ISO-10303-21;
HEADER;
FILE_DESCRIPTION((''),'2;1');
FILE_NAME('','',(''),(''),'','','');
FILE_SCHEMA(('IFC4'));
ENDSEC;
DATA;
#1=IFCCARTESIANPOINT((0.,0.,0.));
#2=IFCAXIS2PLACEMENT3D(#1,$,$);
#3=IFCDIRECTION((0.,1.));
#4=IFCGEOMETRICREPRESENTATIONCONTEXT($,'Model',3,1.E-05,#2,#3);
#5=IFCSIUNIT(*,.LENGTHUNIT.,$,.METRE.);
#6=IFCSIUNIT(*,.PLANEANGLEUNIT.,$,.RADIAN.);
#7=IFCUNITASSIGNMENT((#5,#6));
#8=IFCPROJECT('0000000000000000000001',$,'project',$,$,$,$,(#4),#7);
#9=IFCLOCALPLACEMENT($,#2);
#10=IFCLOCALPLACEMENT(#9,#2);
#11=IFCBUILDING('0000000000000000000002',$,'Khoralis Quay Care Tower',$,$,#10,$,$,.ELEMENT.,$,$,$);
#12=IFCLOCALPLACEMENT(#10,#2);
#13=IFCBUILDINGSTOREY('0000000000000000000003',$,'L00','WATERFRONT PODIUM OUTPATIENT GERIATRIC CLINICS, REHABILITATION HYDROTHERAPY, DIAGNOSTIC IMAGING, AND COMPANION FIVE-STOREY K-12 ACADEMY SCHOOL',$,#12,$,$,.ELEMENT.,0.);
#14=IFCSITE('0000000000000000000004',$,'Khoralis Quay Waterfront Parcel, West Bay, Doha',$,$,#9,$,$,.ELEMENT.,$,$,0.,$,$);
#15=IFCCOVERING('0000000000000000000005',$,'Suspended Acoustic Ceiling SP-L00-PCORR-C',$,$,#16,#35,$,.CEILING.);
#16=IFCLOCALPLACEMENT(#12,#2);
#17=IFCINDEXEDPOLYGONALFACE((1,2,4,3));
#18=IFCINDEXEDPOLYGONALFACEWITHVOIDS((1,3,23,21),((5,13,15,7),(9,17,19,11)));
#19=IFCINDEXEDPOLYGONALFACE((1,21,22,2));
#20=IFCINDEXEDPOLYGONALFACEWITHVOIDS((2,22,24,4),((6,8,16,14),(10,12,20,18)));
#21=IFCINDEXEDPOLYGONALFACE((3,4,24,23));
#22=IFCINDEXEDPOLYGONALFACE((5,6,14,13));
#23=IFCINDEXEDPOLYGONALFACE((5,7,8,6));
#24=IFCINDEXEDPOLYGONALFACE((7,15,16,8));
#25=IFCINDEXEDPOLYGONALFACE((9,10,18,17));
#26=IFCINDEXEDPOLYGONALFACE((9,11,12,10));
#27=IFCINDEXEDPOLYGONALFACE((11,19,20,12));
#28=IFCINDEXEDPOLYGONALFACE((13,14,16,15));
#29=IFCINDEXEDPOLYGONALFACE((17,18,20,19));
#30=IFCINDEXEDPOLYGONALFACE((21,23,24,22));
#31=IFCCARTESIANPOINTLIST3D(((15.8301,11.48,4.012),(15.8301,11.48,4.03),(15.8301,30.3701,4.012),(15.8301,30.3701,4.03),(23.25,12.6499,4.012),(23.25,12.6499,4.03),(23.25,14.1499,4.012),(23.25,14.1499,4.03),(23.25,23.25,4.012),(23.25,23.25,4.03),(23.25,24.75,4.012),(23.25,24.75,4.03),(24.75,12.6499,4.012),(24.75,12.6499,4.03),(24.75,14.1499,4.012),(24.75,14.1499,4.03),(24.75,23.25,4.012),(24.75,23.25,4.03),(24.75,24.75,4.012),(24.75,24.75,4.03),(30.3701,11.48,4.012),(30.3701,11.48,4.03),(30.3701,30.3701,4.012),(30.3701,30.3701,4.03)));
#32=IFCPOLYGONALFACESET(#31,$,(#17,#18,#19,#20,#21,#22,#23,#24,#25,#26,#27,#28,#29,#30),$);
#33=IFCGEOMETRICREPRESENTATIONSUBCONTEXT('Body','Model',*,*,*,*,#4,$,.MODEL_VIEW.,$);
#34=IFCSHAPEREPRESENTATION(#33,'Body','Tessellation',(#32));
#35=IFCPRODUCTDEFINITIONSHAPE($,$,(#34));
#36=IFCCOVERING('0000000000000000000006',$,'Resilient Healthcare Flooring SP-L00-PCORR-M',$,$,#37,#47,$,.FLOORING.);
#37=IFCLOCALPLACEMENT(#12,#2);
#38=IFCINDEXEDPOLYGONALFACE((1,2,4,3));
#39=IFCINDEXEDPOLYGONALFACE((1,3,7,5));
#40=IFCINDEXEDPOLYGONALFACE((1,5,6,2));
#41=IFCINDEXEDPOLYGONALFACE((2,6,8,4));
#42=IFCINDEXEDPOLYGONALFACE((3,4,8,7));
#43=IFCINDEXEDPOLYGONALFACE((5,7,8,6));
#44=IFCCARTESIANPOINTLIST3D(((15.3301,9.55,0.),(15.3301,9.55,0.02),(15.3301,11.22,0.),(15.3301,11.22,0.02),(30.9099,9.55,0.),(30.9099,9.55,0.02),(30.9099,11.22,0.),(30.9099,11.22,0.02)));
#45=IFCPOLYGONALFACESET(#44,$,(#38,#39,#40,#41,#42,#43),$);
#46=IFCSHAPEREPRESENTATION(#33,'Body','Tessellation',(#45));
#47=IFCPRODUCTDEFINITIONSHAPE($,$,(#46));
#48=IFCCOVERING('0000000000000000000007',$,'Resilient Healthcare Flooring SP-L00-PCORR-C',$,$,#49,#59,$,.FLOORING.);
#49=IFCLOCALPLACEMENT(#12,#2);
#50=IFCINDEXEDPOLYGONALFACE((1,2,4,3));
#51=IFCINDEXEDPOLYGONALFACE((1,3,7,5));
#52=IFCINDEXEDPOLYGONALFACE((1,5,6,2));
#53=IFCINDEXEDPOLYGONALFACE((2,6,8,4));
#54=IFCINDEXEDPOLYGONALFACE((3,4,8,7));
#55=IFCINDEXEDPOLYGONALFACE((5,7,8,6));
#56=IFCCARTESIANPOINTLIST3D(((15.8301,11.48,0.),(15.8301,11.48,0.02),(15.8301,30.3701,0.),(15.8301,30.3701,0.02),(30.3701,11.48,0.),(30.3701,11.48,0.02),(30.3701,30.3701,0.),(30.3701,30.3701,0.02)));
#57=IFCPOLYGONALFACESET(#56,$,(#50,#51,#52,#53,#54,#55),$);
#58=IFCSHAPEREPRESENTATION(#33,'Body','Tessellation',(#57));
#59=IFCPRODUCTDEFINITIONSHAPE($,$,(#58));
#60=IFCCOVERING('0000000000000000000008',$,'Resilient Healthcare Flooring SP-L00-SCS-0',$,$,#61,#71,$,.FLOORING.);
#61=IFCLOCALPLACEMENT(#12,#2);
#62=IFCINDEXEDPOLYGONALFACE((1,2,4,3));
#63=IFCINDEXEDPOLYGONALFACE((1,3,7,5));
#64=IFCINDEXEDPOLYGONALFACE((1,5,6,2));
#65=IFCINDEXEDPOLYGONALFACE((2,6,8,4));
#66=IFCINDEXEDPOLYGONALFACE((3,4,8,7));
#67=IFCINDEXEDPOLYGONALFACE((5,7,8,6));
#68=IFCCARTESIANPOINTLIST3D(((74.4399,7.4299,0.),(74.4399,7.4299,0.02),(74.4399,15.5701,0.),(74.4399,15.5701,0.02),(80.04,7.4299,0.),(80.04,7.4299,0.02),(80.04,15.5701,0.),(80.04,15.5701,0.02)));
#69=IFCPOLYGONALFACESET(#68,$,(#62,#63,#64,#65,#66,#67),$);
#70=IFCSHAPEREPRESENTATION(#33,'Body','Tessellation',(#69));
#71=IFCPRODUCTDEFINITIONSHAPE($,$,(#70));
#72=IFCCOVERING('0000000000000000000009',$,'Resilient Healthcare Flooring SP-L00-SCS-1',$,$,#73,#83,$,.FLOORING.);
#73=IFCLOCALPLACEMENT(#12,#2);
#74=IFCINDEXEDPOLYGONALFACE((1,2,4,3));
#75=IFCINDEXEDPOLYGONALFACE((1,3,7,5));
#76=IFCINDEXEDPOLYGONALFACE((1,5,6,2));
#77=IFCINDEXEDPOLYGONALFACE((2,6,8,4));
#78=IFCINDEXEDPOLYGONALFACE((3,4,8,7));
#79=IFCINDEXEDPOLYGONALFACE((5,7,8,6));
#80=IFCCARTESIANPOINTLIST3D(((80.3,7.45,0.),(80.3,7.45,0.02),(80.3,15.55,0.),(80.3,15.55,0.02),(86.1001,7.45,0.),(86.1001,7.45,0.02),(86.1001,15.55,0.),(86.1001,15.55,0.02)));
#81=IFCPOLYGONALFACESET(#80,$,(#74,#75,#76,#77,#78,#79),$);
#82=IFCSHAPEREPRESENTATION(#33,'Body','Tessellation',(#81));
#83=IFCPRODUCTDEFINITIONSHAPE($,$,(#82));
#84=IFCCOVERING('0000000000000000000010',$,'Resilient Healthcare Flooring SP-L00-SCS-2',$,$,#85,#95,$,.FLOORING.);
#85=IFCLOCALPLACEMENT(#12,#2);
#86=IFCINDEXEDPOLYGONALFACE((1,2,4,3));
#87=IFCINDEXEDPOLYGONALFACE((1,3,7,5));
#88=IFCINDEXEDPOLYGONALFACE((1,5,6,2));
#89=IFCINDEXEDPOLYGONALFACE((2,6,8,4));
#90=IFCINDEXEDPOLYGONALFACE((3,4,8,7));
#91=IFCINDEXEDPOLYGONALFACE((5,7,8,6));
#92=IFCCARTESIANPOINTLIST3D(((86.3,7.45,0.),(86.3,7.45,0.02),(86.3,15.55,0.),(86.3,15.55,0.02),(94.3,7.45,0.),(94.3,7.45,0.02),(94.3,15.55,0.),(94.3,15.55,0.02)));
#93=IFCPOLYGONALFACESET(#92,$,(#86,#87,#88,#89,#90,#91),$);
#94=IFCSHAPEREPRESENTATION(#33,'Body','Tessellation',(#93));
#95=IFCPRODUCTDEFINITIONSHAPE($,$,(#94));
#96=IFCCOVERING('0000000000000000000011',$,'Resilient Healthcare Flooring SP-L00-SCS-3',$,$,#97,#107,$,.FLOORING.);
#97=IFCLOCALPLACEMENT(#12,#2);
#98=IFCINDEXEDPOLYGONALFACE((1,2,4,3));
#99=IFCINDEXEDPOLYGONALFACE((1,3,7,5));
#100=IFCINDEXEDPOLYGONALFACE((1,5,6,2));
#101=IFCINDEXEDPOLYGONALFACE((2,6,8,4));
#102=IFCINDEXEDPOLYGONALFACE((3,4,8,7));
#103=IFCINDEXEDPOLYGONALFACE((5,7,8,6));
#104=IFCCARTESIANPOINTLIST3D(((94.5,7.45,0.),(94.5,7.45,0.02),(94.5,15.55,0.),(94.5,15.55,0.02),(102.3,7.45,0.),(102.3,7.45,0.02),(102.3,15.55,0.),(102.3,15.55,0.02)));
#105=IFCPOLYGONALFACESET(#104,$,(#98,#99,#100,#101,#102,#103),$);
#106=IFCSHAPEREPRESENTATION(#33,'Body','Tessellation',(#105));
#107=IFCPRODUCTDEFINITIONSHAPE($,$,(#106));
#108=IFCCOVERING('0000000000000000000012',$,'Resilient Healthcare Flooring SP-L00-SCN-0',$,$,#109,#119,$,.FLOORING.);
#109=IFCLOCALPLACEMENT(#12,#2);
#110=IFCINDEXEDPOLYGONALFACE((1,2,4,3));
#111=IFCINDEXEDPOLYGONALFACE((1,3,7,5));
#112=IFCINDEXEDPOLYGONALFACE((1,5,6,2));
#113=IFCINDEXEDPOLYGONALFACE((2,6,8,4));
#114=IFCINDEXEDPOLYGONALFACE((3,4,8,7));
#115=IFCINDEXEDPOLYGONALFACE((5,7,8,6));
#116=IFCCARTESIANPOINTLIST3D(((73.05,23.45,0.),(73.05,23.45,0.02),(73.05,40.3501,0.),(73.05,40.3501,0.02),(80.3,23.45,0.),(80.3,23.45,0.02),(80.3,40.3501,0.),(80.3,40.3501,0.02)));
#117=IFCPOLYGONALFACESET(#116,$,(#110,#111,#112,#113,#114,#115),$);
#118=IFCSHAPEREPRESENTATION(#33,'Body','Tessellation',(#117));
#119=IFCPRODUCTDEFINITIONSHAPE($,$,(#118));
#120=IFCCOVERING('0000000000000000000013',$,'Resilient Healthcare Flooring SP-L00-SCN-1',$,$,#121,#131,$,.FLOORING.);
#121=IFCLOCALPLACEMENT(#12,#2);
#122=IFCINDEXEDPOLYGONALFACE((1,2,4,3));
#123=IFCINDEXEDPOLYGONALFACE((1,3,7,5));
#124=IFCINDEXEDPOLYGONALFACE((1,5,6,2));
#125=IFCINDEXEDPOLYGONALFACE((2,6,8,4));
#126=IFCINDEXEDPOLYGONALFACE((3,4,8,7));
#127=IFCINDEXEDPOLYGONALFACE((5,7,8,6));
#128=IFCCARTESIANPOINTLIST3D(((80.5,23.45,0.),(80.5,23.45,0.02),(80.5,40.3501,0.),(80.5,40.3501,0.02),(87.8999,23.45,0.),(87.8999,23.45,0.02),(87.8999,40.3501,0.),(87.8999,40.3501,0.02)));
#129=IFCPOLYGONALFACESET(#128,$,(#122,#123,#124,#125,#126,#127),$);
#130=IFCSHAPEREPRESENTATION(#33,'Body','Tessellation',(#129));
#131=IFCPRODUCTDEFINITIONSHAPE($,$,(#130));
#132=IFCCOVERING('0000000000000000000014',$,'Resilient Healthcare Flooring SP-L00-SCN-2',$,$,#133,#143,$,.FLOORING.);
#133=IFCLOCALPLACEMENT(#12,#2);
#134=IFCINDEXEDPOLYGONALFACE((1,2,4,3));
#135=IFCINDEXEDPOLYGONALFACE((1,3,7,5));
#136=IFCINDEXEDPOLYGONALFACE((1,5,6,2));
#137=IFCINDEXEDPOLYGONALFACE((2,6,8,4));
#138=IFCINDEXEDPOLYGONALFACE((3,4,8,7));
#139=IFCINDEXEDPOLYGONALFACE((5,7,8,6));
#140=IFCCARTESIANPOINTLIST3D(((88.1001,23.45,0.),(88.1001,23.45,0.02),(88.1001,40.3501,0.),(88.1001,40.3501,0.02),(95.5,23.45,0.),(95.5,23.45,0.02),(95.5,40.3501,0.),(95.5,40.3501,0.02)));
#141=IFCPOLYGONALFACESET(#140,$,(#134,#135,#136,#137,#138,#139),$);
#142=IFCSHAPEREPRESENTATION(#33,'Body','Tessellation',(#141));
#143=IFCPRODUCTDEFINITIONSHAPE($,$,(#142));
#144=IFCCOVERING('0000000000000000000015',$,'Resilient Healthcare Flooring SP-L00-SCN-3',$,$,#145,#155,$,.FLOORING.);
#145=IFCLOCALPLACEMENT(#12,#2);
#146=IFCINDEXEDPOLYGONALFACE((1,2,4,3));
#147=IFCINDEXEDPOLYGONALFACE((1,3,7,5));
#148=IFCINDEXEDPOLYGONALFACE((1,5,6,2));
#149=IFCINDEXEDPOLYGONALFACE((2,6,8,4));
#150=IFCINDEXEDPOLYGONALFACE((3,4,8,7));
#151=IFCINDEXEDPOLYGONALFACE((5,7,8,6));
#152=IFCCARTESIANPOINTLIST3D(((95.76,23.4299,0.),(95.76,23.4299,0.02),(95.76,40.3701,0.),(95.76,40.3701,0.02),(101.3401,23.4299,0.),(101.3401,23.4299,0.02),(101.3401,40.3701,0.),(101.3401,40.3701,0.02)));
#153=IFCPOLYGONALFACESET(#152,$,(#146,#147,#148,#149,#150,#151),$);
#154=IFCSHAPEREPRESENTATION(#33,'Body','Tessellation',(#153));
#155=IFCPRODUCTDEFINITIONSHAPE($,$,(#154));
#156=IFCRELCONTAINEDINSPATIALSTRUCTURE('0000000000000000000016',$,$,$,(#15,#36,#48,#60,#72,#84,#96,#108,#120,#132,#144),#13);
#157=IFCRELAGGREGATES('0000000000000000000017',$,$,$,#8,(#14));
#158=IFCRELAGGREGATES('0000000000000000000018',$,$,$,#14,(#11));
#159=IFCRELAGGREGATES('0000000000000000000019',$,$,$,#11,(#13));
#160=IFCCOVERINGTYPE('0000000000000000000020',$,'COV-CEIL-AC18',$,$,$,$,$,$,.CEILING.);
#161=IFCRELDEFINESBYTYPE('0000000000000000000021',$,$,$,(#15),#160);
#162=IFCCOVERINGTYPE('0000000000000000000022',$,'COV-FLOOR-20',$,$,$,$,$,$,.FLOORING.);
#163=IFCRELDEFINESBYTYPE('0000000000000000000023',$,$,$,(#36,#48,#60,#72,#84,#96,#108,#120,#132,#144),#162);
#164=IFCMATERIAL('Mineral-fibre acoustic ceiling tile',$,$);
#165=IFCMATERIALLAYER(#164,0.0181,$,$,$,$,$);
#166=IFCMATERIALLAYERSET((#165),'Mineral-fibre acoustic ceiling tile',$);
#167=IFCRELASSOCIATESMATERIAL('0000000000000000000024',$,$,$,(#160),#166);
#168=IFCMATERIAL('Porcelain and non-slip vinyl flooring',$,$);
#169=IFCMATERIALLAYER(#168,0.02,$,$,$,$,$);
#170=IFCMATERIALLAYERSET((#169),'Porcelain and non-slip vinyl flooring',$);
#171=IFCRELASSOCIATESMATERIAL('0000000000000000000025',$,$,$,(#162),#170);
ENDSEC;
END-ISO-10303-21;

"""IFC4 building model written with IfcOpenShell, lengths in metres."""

from ifc_helpers import new_model, si_unit, direction, frame, origin, place, context, subcontext, project, spatial, polyline, outline, extrude, material, layer, layer_set, type_object, element, save


model = new_model("IFC4")

# Units and contexts
model_context = context("Model", 3, precision=1e-05, world=origin(), true_north=direction((0.0, 1.0)))
body_context = subcontext(model_context, "Body", "Model", "MODEL_VIEW")
ifc_project = project(units=[si_unit("LENGTHUNIT", "METRE"), si_unit("PLANEANGLEUNIT", "RADIAN")], contexts=[model_context])

# Site, building, storey
site_placement = place(None, origin())
site = spatial("IfcSite", under=ifc_project, at=site_placement, Name="Khoralis Quay Waterfront Parcel, West Bay, Doha", CompositionType="ELEMENT", RefElevation=0.0)
building_placement = place(site_placement, origin())
building = spatial("IfcBuilding", under=site, at=building_placement, Name="Khoralis Quay Care Tower", CompositionType="ELEMENT")
storey_placement = place(building_placement, origin())
storey = spatial("IfcBuildingStorey", under=building, at=storey_placement, Name="L00", Description="WATERFRONT PODIUM OUTPATIENT GERIATRIC CLINICS, REHABILITATION HYDROTHERAPY, DIAGNOSTIC IMAGING, AND COMPANION FIVE-STOREY K-12 ACADEMY SCHOOL", CompositionType="ELEMENT", Elevation=0.0)

# Coverings
ifc_material_1 = material(Name="Mineral-fibre acoustic ceiling tile")
ifc_layer_1 = layer(ifc_material_1, 0.0181)
ifc_layer_set_1 = layer_set([ifc_layer_1], Name="Mineral-fibre acoustic ceiling tile")
covering_type_1 = type_object("IfcCoveringType", Name="COV-CEIL-AC18", PredefinedType="CEILING", material=ifc_layer_set_1)
covering_1_placement = place(storey_placement, frame((0.0, 0.0, 4.012)))
element("IfcCovering", 1, at=covering_1_placement, inside=storey, type_object=covering_type_1, Name="Suspended Acoustic Ceiling SP-L00-PCORR-C", PredefinedType="CEILING", context=body_context, shape_type="SweptSolid", body=[
    extrude(outline(polyline([(15.8301, 11.48), (30.3701, 11.48), (30.3701, 30.3701), (15.8301, 30.3701), (15.8301, 11.48)]), holes=[polyline([(23.25, 12.6499), (24.75, 12.6499), (24.75, 14.1499), (23.25, 14.1499), (23.25, 12.6499)]), polyline([(23.25, 23.25), (24.75, 23.25), (24.75, 24.75), (23.25, 24.75), (23.25, 23.25)])]), origin(), (0.0, 0.0, 1.0), 0.0181),
])
ifc_material_2 = material(Name="Porcelain and non-slip vinyl flooring")
ifc_layer_2 = layer(ifc_material_2, 0.02)
ifc_layer_set_2 = layer_set([ifc_layer_2], Name="Porcelain and non-slip vinyl flooring")
covering_type_2 = type_object("IfcCoveringType", Name="COV-FLOOR-20", PredefinedType="FLOORING", material=ifc_layer_set_2)
covering_2_placement = place(storey_placement, origin())
element("IfcCovering", 2, at=covering_2_placement, inside=storey, type_object=covering_type_2, Name="Resilient Healthcare Flooring SP-L00-PCORR-M", PredefinedType="FLOORING", context=body_context, shape_type="SweptSolid", body=[
    extrude(outline(polyline([(15.3301, 9.55), (30.9099, 9.55), (30.9099, 11.22), (15.3301, 11.22), (15.3301, 9.55)])), origin(), (0.0, 0.0, 1.0), 0.02),
])
covering_3_placement = place(storey_placement, origin())
element("IfcCovering", 3, at=covering_3_placement, inside=storey, type_object=covering_type_2, Name="Resilient Healthcare Flooring SP-L00-PCORR-C", PredefinedType="FLOORING", context=body_context, shape_type="SweptSolid", body=[
    extrude(outline(polyline([(15.8301, 11.48), (30.3701, 11.48), (30.3701, 30.3701), (15.8301, 30.3701), (15.8301, 11.48)])), origin(), (0.0, 0.0, 1.0), 0.02),
])
covering_4_placement = place(storey_placement, origin())
element("IfcCovering", 4, at=covering_4_placement, inside=storey, type_object=covering_type_2, Name="Resilient Healthcare Flooring SP-L00-SCS-0", PredefinedType="FLOORING", context=body_context, shape_type="SweptSolid", body=[
    extrude(outline(polyline([(74.4399, 7.4299), (80.04, 7.4299), (80.04, 15.5701), (74.4399, 15.5701), (74.4399, 7.4299)])), origin(), (0.0, 0.0, 1.0), 0.02),
])
covering_5_placement = place(storey_placement, origin())
element("IfcCovering", 5, at=covering_5_placement, inside=storey, type_object=covering_type_2, Name="Resilient Healthcare Flooring SP-L00-SCS-1", PredefinedType="FLOORING", context=body_context, shape_type="SweptSolid", body=[
    extrude(outline(polyline([(80.3, 7.45), (86.1001, 7.45), (86.1001, 15.55), (80.3, 15.55), (80.3, 7.45)])), origin(), (0.0, 0.0, 1.0), 0.02),
])
covering_6_placement = place(storey_placement, origin())
element("IfcCovering", 6, at=covering_6_placement, inside=storey, type_object=covering_type_2, Name="Resilient Healthcare Flooring SP-L00-SCS-2", PredefinedType="FLOORING", context=body_context, shape_type="SweptSolid", body=[
    extrude(outline(polyline([(86.3, 7.45), (94.3, 7.45), (94.3, 15.55), (86.3, 15.55), (86.3, 7.45)])), origin(), (0.0, 0.0, 1.0), 0.02),
])
covering_7_placement = place(storey_placement, origin())
element("IfcCovering", 7, at=covering_7_placement, inside=storey, type_object=covering_type_2, Name="Resilient Healthcare Flooring SP-L00-SCS-3", PredefinedType="FLOORING", context=body_context, shape_type="SweptSolid", body=[
    extrude(outline(polyline([(94.5, 7.45), (102.3, 7.45), (102.3, 15.55), (94.5, 15.55), (94.5, 7.45)])), origin(), (0.0, 0.0, 1.0), 0.02),
])
covering_8_placement = place(storey_placement, origin())
element("IfcCovering", 8, at=covering_8_placement, inside=storey, type_object=covering_type_2, Name="Resilient Healthcare Flooring SP-L00-SCN-0", PredefinedType="FLOORING", context=body_context, shape_type="SweptSolid", body=[
    extrude(outline(polyline([(73.05, 23.45), (80.3, 23.45), (80.3, 40.3501), (73.05, 40.3501), (73.05, 23.45)])), origin(), (0.0, 0.0, 1.0), 0.02),
])
covering_9_placement = place(storey_placement, origin())
element("IfcCovering", 9, at=covering_9_placement, inside=storey, type_object=covering_type_2, Name="Resilient Healthcare Flooring SP-L00-SCN-1", PredefinedType="FLOORING", context=body_context, shape_type="SweptSolid", body=[
    extrude(outline(polyline([(80.5, 23.45), (87.8999, 23.45), (87.8999, 40.3501), (80.5, 40.3501), (80.5, 23.45)])), origin(), (0.0, 0.0, 1.0), 0.02),
])
covering_10_placement = place(storey_placement, origin())
element("IfcCovering", 10, at=covering_10_placement, inside=storey, type_object=covering_type_2, Name="Resilient Healthcare Flooring SP-L00-SCN-2", PredefinedType="FLOORING", context=body_context, shape_type="SweptSolid", body=[
    extrude(outline(polyline([(88.1001, 23.45), (95.5, 23.45), (95.5, 40.3501), (88.1001, 40.3501), (88.1001, 23.45)])), origin(), (0.0, 0.0, 1.0), 0.02),
])
covering_11_placement = place(storey_placement, origin())
element("IfcCovering", 11, at=covering_11_placement, inside=storey, type_object=covering_type_2, Name="Resilient Healthcare Flooring SP-L00-SCN-3", PredefinedType="FLOORING", context=body_context, shape_type="SweptSolid", body=[
    extrude(outline(polyline([(95.76, 23.4299), (101.3401, 23.4299), (101.3401, 40.3701), (95.76, 40.3701), (95.76, 23.4299)])), origin(), (0.0, 0.0, 1.0), 0.02),
])

save(model, "model.ifc")
